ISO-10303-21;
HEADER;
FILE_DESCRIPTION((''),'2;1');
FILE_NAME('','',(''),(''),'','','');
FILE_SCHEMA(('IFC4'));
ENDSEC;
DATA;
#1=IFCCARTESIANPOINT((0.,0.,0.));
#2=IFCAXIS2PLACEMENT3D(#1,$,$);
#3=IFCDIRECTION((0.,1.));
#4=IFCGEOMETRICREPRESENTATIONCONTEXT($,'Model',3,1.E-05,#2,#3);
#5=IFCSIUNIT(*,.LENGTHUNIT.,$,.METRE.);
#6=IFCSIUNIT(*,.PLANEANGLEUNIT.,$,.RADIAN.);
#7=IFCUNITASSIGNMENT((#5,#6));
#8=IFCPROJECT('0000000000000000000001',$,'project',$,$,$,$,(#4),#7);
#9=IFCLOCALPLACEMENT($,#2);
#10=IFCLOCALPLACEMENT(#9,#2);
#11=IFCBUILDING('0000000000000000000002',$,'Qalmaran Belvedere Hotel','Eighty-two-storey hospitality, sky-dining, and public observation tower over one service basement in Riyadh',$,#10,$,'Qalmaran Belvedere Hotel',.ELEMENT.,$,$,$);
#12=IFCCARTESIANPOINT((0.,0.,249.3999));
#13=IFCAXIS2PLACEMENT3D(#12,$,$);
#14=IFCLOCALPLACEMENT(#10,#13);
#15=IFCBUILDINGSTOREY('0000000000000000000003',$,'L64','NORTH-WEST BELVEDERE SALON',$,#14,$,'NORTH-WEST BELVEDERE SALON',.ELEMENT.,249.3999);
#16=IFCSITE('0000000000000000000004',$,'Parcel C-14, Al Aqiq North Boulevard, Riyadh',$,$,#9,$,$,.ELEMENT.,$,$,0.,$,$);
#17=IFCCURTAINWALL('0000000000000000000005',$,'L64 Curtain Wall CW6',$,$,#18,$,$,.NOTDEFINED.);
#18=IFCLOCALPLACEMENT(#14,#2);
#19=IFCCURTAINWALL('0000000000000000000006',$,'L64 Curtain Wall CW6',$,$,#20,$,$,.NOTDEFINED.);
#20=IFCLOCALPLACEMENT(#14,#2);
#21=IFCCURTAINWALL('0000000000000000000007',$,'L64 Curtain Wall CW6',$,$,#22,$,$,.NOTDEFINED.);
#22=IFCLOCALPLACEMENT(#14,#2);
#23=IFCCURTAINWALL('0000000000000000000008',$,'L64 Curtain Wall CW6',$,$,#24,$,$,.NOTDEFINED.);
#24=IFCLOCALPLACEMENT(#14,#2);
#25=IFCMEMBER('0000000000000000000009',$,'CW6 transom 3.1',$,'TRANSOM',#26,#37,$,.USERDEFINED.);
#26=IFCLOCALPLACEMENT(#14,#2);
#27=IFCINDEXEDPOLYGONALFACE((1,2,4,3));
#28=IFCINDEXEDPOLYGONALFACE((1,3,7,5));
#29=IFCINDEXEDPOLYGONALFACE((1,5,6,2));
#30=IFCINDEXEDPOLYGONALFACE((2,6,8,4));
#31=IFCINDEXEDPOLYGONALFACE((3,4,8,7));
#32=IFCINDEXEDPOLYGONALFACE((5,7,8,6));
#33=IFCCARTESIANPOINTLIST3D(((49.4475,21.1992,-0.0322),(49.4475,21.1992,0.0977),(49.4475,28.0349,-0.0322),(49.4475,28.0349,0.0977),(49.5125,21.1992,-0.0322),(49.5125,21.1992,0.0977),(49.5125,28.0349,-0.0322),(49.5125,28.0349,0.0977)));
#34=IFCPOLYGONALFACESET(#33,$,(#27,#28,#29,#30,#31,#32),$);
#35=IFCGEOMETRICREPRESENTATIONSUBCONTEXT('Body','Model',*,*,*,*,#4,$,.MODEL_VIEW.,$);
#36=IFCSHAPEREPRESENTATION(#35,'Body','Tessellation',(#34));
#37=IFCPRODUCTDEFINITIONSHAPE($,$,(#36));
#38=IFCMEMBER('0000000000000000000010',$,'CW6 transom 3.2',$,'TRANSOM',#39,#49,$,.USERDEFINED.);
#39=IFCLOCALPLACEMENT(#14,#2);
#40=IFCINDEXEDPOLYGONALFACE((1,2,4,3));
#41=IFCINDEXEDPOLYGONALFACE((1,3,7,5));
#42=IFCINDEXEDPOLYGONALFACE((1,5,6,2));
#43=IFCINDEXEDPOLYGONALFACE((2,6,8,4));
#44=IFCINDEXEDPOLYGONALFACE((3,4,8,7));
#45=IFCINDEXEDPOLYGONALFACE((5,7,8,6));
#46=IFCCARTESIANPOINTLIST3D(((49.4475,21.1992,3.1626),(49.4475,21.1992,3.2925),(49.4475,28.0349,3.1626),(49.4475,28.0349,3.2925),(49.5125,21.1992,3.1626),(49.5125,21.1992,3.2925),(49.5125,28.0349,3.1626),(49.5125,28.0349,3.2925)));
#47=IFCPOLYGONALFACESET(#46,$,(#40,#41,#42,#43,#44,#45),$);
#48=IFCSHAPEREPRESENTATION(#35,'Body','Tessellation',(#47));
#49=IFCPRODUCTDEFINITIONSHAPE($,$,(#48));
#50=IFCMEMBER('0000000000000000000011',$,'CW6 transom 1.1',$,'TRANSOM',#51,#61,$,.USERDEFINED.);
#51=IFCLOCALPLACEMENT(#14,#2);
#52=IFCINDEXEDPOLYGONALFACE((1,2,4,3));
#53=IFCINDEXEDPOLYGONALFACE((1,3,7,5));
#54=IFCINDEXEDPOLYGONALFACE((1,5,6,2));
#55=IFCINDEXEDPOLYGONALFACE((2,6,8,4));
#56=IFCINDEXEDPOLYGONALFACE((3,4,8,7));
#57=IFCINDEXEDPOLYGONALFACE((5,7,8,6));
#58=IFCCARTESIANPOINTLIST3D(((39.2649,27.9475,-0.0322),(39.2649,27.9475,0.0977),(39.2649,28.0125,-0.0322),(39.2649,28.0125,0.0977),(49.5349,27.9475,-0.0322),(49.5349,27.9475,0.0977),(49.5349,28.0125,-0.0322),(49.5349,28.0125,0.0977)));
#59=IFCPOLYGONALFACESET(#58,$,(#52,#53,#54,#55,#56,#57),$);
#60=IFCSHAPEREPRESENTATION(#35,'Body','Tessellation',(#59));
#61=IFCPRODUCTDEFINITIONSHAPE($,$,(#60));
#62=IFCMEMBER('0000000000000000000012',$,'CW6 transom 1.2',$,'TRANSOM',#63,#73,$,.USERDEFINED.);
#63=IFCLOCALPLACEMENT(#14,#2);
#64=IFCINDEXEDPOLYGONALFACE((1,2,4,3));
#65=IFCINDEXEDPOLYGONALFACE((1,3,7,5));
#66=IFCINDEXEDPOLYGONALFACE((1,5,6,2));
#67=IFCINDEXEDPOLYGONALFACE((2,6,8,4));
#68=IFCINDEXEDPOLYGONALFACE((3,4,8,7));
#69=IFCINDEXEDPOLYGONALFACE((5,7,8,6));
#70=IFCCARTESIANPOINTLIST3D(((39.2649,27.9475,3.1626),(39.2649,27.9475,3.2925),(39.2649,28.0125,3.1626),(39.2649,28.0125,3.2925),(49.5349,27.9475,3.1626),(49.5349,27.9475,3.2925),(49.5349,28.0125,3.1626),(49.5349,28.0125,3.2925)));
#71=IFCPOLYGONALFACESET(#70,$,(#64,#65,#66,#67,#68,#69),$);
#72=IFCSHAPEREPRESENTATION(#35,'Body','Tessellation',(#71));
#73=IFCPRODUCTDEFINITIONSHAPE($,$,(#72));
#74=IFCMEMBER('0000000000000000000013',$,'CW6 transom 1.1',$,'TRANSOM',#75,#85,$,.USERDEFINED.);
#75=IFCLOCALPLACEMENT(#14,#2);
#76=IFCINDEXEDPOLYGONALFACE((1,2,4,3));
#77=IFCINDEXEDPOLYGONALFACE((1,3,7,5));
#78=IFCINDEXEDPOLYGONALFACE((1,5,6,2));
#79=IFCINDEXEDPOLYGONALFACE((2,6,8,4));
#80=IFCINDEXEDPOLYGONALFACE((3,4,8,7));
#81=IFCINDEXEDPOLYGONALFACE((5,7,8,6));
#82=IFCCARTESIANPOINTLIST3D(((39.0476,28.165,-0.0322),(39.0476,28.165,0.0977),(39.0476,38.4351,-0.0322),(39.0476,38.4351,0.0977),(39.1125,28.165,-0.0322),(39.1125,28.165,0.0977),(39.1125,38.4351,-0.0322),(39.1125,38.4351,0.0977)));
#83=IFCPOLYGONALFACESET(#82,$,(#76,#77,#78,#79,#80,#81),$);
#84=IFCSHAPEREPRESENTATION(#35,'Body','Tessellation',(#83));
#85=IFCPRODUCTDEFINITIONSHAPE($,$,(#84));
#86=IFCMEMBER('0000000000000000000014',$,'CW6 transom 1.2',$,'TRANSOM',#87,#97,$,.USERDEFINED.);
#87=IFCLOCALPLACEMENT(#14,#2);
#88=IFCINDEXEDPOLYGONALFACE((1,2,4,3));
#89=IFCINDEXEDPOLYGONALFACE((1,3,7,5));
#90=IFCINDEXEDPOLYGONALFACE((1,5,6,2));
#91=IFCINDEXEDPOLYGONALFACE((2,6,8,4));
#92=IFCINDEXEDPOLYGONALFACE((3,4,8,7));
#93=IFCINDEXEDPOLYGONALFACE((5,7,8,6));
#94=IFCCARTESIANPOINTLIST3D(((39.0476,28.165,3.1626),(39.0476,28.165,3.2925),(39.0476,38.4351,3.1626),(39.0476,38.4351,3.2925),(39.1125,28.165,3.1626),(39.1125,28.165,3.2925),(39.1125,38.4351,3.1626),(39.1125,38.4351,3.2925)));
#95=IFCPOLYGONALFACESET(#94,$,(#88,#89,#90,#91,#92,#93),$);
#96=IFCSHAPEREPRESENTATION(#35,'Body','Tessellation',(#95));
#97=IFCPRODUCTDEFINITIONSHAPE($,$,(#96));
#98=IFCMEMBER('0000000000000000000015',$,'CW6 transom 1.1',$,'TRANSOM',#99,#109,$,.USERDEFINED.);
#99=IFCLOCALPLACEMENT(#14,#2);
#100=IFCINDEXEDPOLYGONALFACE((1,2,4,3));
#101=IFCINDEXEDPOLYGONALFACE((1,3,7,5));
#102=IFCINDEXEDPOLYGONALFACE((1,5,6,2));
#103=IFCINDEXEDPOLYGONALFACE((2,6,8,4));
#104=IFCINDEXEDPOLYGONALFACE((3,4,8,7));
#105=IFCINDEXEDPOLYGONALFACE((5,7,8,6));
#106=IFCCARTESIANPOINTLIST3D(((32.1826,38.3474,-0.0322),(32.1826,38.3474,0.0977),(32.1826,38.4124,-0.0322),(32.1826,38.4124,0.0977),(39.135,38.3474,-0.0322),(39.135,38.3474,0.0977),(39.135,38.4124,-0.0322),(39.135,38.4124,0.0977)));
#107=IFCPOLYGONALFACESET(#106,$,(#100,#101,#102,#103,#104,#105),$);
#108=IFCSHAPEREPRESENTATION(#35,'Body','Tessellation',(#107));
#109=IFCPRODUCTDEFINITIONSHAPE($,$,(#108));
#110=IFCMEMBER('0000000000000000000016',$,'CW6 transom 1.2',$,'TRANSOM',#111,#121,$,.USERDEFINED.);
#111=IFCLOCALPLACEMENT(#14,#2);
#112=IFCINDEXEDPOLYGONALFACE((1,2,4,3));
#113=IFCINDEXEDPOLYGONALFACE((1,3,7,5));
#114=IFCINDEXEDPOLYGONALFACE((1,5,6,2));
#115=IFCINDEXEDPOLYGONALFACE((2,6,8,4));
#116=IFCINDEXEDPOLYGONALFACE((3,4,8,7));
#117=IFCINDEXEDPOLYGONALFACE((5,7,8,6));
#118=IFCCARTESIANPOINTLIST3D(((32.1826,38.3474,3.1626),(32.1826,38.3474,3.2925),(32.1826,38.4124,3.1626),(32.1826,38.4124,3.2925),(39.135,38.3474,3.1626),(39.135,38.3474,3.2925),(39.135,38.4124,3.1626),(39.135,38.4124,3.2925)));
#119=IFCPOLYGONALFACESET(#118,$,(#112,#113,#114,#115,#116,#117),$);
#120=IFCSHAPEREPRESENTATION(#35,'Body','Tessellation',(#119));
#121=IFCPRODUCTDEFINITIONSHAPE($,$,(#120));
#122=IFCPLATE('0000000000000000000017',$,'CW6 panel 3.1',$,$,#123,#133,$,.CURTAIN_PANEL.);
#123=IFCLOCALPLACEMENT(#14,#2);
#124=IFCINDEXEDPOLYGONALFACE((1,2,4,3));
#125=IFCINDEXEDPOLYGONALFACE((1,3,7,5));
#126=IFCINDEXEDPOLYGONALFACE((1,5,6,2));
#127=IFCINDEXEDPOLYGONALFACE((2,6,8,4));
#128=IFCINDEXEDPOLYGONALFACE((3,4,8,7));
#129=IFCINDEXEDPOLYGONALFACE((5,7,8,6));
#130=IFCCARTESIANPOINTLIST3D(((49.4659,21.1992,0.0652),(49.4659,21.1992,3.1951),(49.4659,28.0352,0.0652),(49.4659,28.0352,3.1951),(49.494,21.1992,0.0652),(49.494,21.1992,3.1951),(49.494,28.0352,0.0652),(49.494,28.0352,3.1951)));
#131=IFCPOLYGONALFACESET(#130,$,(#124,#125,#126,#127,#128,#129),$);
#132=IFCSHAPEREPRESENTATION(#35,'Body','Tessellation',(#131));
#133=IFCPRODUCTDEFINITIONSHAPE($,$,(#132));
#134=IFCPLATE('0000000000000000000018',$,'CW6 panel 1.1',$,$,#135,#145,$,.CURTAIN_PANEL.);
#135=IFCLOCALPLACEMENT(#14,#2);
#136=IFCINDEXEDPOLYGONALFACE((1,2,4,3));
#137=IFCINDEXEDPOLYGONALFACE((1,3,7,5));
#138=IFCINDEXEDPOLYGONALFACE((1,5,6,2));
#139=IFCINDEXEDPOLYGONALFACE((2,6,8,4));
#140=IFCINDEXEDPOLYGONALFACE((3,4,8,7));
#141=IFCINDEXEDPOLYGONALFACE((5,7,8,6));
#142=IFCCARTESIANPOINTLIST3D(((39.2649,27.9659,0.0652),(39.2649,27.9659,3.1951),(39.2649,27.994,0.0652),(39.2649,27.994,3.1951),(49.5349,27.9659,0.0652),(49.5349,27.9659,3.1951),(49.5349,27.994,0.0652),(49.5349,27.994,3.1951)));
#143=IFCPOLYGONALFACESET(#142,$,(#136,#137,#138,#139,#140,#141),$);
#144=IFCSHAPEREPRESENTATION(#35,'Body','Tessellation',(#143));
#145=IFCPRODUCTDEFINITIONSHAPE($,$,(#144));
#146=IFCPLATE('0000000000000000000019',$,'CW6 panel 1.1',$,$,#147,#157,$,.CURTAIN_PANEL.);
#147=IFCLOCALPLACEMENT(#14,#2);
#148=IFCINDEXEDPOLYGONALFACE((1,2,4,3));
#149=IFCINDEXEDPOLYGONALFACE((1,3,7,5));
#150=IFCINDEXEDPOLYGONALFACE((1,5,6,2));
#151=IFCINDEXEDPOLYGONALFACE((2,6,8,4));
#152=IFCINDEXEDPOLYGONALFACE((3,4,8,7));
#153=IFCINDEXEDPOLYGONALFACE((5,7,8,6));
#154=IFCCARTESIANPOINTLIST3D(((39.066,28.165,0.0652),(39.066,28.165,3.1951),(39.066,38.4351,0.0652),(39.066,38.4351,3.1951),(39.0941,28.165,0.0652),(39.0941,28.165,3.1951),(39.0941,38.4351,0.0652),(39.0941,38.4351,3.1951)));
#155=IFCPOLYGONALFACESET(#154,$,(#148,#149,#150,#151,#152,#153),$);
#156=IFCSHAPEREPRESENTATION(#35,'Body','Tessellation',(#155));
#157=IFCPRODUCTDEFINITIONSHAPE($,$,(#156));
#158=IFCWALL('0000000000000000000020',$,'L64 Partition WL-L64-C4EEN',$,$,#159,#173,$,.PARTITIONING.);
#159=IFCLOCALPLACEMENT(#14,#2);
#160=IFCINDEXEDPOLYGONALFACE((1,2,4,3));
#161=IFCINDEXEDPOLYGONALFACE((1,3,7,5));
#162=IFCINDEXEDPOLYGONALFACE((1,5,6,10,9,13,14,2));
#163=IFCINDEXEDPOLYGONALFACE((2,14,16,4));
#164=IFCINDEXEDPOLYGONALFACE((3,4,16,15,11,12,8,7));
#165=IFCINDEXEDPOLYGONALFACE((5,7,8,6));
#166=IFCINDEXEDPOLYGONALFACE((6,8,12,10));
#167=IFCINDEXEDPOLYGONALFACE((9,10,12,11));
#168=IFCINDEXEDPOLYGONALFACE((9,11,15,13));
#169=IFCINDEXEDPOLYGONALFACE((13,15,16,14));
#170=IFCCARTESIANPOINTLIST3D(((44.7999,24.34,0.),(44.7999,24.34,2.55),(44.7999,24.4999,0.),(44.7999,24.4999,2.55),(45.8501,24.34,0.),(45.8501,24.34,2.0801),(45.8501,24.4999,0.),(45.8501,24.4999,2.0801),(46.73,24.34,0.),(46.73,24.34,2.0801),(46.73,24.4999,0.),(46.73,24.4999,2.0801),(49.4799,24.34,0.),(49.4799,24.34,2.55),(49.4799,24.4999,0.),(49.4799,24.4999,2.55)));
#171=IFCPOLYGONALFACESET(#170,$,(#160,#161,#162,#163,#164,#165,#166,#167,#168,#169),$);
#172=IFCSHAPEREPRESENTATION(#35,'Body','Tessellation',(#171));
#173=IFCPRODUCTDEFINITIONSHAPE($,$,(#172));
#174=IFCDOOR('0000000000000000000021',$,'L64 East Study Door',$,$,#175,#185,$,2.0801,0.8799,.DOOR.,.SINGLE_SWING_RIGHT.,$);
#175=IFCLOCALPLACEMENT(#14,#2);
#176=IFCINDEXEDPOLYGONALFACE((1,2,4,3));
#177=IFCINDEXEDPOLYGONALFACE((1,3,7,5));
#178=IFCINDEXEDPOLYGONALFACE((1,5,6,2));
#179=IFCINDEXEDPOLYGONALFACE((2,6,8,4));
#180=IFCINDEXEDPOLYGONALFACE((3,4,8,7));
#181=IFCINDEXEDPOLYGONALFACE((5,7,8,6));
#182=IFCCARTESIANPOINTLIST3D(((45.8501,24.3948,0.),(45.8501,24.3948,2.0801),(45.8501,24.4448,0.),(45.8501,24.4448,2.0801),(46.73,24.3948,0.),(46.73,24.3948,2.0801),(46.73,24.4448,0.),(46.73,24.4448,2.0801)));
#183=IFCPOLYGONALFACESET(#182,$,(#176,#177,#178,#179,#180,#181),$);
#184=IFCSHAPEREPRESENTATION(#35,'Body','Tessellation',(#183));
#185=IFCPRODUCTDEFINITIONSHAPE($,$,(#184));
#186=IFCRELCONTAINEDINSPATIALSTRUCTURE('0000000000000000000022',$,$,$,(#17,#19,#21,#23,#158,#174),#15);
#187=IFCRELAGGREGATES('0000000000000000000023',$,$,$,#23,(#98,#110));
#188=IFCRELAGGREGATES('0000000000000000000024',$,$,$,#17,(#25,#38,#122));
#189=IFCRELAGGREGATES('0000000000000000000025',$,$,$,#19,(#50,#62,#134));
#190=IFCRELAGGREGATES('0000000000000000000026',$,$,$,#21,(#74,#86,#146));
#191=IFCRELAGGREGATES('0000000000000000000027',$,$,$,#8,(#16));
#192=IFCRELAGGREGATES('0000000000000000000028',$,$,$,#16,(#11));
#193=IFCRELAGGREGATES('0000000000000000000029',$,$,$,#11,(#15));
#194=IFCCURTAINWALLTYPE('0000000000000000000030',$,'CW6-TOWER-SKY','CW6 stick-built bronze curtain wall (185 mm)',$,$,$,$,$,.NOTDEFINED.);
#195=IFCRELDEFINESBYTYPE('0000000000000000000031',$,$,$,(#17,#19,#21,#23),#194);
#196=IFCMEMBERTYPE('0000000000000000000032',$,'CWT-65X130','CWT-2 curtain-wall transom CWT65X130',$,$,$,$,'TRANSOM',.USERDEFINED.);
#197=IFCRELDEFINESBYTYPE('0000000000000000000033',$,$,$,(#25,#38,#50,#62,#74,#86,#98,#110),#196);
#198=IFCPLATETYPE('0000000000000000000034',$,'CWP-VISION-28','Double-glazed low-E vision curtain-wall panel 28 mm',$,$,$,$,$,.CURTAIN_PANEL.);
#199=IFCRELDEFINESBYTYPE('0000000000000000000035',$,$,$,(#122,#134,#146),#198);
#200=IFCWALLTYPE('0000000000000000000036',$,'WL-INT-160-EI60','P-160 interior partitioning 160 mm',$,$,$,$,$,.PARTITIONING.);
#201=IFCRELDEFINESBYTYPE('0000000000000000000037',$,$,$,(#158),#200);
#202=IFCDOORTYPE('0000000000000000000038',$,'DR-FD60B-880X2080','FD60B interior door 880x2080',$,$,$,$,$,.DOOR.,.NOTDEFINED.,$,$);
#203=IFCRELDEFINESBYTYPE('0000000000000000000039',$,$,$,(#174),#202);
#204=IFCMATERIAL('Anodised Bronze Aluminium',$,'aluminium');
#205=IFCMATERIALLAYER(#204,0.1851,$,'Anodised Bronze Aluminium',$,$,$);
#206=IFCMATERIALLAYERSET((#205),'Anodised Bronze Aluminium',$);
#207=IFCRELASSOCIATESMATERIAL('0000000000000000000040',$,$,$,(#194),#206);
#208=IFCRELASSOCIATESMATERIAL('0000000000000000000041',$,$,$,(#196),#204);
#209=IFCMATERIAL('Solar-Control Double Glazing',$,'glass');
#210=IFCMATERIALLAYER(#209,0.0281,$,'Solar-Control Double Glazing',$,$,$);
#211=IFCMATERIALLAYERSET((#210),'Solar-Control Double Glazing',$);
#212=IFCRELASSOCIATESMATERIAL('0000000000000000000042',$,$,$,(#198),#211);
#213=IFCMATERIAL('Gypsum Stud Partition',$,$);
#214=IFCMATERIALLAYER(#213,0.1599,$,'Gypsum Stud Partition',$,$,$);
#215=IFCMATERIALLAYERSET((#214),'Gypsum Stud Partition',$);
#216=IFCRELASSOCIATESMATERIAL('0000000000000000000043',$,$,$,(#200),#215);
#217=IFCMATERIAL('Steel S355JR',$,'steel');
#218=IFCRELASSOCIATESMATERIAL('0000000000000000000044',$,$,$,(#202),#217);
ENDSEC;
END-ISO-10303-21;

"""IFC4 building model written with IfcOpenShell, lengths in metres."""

from ifc_helpers import new_model, si_unit, direction, frame, frame_2d, origin, origin_2d, place, context, subcontext, project, spatial, rectangle, extrude, material, layer, layer_set, material_profile, profile_set, type_object, element, fill, aggregate, save


model = new_model("IFC4")

# Units and contexts
model_context = context("Model", 3, precision=1e-05, world=origin(), true_north=direction((0.0, 1.0)))
body_context = subcontext(model_context, "Body", "Model", "MODEL_VIEW")
ifc_project = project(units=[si_unit("LENGTHUNIT", "METRE"), si_unit("PLANEANGLEUNIT", "RADIAN")], contexts=[model_context])

# Site, building, storey
site_placement = place(None, origin())
site = spatial("IfcSite", under=ifc_project, at=site_placement, Name="Parcel C-14, Al Aqiq North Boulevard, Riyadh", CompositionType="ELEMENT", RefElevation=0.0)
building_placement = place(site_placement, origin())
building = spatial("IfcBuilding", under=site, at=building_placement, Name="Qalmaran Belvedere Hotel", Description="Eighty-two-storey hospitality, sky-dining, and public observation tower over one service basement in Riyadh", LongName="Qalmaran Belvedere Hotel", CompositionType="ELEMENT")
storey_placement = place(building_placement, frame((0.0, 0.0, 249.3999)))
storey = spatial("IfcBuildingStorey", under=building, at=storey_placement, Name="L64", Description="NORTH-WEST BELVEDERE SALON", LongName="NORTH-WEST BELVEDERE SALON", CompositionType="ELEMENT", Elevation=249.3999)

# Shared definitions
ifc_material_1 = material(Name="Steel S355JR", Category="steel")

# Curtain walls
ifc_material_2 = material(Name="Anodised Bronze Aluminium", Category="aluminium")
ifc_layer_1 = layer(ifc_material_2, 0.1851, Name="Anodised Bronze Aluminium")
ifc_layer_set_1 = layer_set([ifc_layer_1], Name="Anodised Bronze Aluminium")
curtain_wall_type = type_object("IfcCurtainWallType", Name="CW6-TOWER-SKY", Description="CW6 stick-built bronze curtain wall (185 mm)", PredefinedType="NOTDEFINED", material=ifc_layer_set_1)
curtain_wall_1_placement = place(storey_placement, origin())
curtain_wall_1 = element("IfcCurtainWall", 1, at=curtain_wall_1_placement, inside=storey, type_object=curtain_wall_type, Name="L64 Curtain Wall CW6", PredefinedType="NOTDEFINED")
curtain_wall_2_placement = place(storey_placement, origin())
curtain_wall_2 = element("IfcCurtainWall", 2, at=curtain_wall_2_placement, inside=storey, type_object=curtain_wall_type, Name="L64 Curtain Wall CW6", PredefinedType="NOTDEFINED")
curtain_wall_3_placement = place(storey_placement, origin())
curtain_wall_3 = element("IfcCurtainWall", 3, at=curtain_wall_3_placement, inside=storey, type_object=curtain_wall_type, Name="L64 Curtain Wall CW6", PredefinedType="NOTDEFINED")

# Curtain wall
curtain_wall_4_placement = place(storey_placement, origin())
curtain_wall_4 = element("IfcCurtainWall", 4, at=curtain_wall_4_placement, inside=storey, type_object=curtain_wall_type, Name="L64 Curtain Wall CW6", PredefinedType="NOTDEFINED")

# Members
ifc_material_profile_1 = material_profile(ifc_material_2, rectangle(XDim=0.0649, YDim=0.1299, at=origin_2d()), Name="CWT65X130")
ifc_profile_set_1 = profile_set([ifc_material_profile_1], Name="Anodised Bronze Aluminium")
member_type_1 = type_object("IfcMemberType", Name="CWT-65X130", Description="CWT-2 curtain-wall transom CWT65X130", ElementType="TRANSOM", PredefinedType="USERDEFINED", material=ifc_profile_set_1)
member_1_placement = place(storey_placement, frame((49.48, 21.1992, 0.0327), z_axis=(0.0, 1.0, 0.0), x_axis=(-1.0, 0.0, 0.0)))
member_1 = element("IfcMember", 5, at=member_1_placement, type_object=member_type_1, Name="CW6 transom 3.1", ObjectType="TRANSOM", PredefinedType="USERDEFINED", context=body_context, shape_type="SweptSolid", body=[
    extrude(rectangle(XDim=0.0649, YDim=0.1299, at=origin_2d()), origin(), (0.0, 0.0, 1.0), 6.8357),
])
member_2_placement = place(storey_placement, frame((49.48, 21.1992, 3.2275), z_axis=(0.0, 1.0, 0.0), x_axis=(-1.0, 0.0, 0.0)))
member_2 = element("IfcMember", 6, at=member_2_placement, type_object=member_type_1, Name="CW6 transom 3.2", ObjectType="TRANSOM", PredefinedType="USERDEFINED", context=body_context, shape_type="SweptSolid", body=[
    extrude(rectangle(XDim=0.0649, YDim=0.1299, at=origin_2d()), origin(), (0.0, 0.0, 1.0), 6.8357),
])
member_3_placement = place(storey_placement, frame((49.5349, 27.98, 0.0327), z_axis=(-1.0, 0.0, 0.0), x_axis=(0.0, -1.0, 0.0)))
member_3 = element("IfcMember", 7, at=member_3_placement, type_object=member_type_1, Name="CW6 transom 1.1", ObjectType="TRANSOM", PredefinedType="USERDEFINED", context=body_context, shape_type="SweptSolid", body=[
    extrude(rectangle(XDim=0.0649, YDim=0.1299, at=origin_2d()), origin(), (0.0, 0.0, 1.0), 10.27),
])
member_4_placement = place(storey_placement, frame((49.5349, 27.98, 3.2275), z_axis=(-1.0, 0.0, 0.0), x_axis=(0.0, -1.0, 0.0)))
member_4 = element("IfcMember", 8, at=member_4_placement, type_object=member_type_1, Name="CW6 transom 1.2", ObjectType="TRANSOM", PredefinedType="USERDEFINED", context=body_context, shape_type="SweptSolid", body=[
    extrude(rectangle(XDim=0.0649, YDim=0.1299, at=origin_2d()), origin(), (0.0, 0.0, 1.0), 10.27),
])
member_5_placement = place(storey_placement, frame((39.0801, 28.165, 0.0327), z_axis=(0.0, 1.0, 0.0), x_axis=(-1.0, 0.0, 0.0)))
member_5 = element("IfcMember", 9, at=member_5_placement, type_object=member_type_1, Name="CW6 transom 1.1", ObjectType="TRANSOM", PredefinedType="USERDEFINED", context=body_context, shape_type="SweptSolid", body=[
    extrude(rectangle(XDim=0.0649, YDim=0.1299, at=origin_2d()), origin(), (0.0, 0.0, 1.0), 10.27),
])
member_6_placement = place(storey_placement, frame((39.0801, 28.165, 3.2275), z_axis=(0.0, 1.0, 0.0), x_axis=(-1.0, 0.0, 0.0)))
member_6 = element("IfcMember", 10, at=member_6_placement, type_object=member_type_1, Name="CW6 transom 1.2", ObjectType="TRANSOM", PredefinedType="USERDEFINED", context=body_context, shape_type="SweptSolid", body=[
    extrude(rectangle(XDim=0.0649, YDim=0.1299, at=origin_2d()), origin(), (0.0, 0.0, 1.0), 10.27),
])
member_7_placement = place(storey_placement, frame((39.135, 38.3799, 0.0327), z_axis=(-1.0, 0.0, 0.0), x_axis=(0.0, -1.0, 0.0)))
member_7 = element("IfcMember", 11, at=member_7_placement, type_object=member_type_1, Name="CW6 transom 1.1", ObjectType="TRANSOM", PredefinedType="USERDEFINED", context=body_context, shape_type="SweptSolid", body=[
    extrude(rectangle(XDim=0.0649, YDim=0.1299, at=origin_2d()), origin(), (0.0, 0.0, 1.0), 6.9524),
])
member_8_placement = place(storey_placement, frame((39.135, 38.3799, 3.2275), z_axis=(-1.0, 0.0, 0.0), x_axis=(0.0, -1.0, 0.0)))
member_8 = element("IfcMember", 12, at=member_8_placement, type_object=member_type_1, Name="CW6 transom 1.2", ObjectType="TRANSOM", PredefinedType="USERDEFINED", context=body_context, shape_type="SweptSolid", body=[
    extrude(rectangle(XDim=0.0649, YDim=0.1299, at=origin_2d()), origin(), (0.0, 0.0, 1.0), 6.9524),
])
aggregate(curtain_wall_4, [member_7, member_8])

# Plates
ifc_material_3 = material(Name="Solar-Control Double Glazing", Category="glass")
ifc_layer_2 = layer(ifc_material_3, 0.0281, Name="Solar-Control Double Glazing")
ifc_layer_set_2 = layer_set([ifc_layer_2], Name="Solar-Control Double Glazing")
plate_type = type_object("IfcPlateType", Name="CWP-VISION-28", Description="Double-glazed low-E vision curtain-wall panel 28 mm", PredefinedType="CURTAIN_PANEL", material=ifc_layer_set_2)
plate_1_placement = place(storey_placement, frame((49.48, 24.6172, 0.0652), z_axis=(0.0, 0.0, 1.0), x_axis=(0.0, 1.0, 0.0)))
plate_1 = element("IfcPlate", 13, at=plate_1_placement, type_object=plate_type, Name="CW6 panel 3.1", PredefinedType="CURTAIN_PANEL", context=body_context, shape_type="SweptSolid", body=[
    extrude(rectangle(XDim=6.8359, YDim=0.0281, at=origin_2d()), origin(), (0.0, 0.0, 1.0), 3.1299),
])
aggregate(curtain_wall_1, [member_1, member_2, plate_1])
plate_2_placement = place(storey_placement, frame((44.3999, 27.98, 0.0652), z_axis=(0.0, 0.0, 1.0), x_axis=(-1.0, 0.0, 0.0)))
plate_2 = element("IfcPlate", 14, at=plate_2_placement, type_object=plate_type, Name="CW6 panel 1.1", PredefinedType="CURTAIN_PANEL", context=body_context, shape_type="SweptSolid", body=[
    extrude(rectangle(XDim=10.27, YDim=0.0281, at=origin_2d()), origin(), (0.0, 0.0, 1.0), 3.1299),
])
aggregate(curtain_wall_2, [member_3, member_4, plate_2])
plate_3_placement = place(storey_placement, frame((39.0801, 33.3, 0.0652), z_axis=(0.0, 0.0, 1.0), x_axis=(0.0, 1.0, 0.0)))
plate_3 = element("IfcPlate", 15, at=plate_3_placement, type_object=plate_type, Name="CW6 panel 1.1", PredefinedType="CURTAIN_PANEL", context=body_context, shape_type="SweptSolid", body=[
    extrude(rectangle(XDim=10.27, YDim=0.0281, at=origin_2d()), origin(), (0.0, 0.0, 1.0), 3.1299),
])
aggregate(curtain_wall_3, [member_5, member_6, plate_3])

# Wall, opening, door
ifc_material_4 = material(Name="Gypsum Stud Partition")
ifc_layer_3 = layer(ifc_material_4, 0.1599, Name="Gypsum Stud Partition")
ifc_layer_set_3 = layer_set([ifc_layer_3], Name="Gypsum Stud Partition")
wall_type_1 = type_object("IfcWallType", Name="WL-INT-160-EI60", Description="P-160 interior partitioning 160 mm", PredefinedType="PARTITIONING", material=ifc_layer_set_3)
wall_1_placement = place(storey_placement, frame((44.8, 24.4199, 0.0), z_axis=(0.0, 0.0, 1.0), x_axis=(1.0, 0.0, 0.0)))
wall_1 = element("IfcWall", 16, at=wall_1_placement, inside=storey, type_object=wall_type_1, Name="L64 Partition WL-L64-C4EEN", PredefinedType="PARTITIONING", context=body_context, shape_type="SweptSolid", body=[
    extrude(rectangle(XDim=4.6799, YDim=0.1599, at=frame_2d((2.3398, 0.0))), origin(), (0.0, 0.0, 1.0), 2.55),
])
opening_1_placement = place(wall_1_placement, frame((1.05, 0.0, 0.0)))
opening_1 = element("IfcOpeningElement", 17, at=opening_1_placement, cuts=wall_1, PredefinedType="OPENING", context=body_context, shape_type="SweptSolid", body=[
    extrude(rectangle(XDim=0.8799, YDim=2.0801, at=frame_2d((0.4399, 1.04))), frame((0.0, 0.0898, 0.0), z_axis=(0.0, -1.0, 0.0), x_axis=(1.0, 0.0, 0.0)), (0.0, 0.0, 1.0), 0.1799),
])
door_type_1 = type_object("IfcDoorType", Name="DR-FD60B-880X2080", Description="FD60B interior door 880x2080", OperationType="NOTDEFINED", PredefinedType="DOOR", material=ifc_material_1)
door_1_placement = place(opening_1_placement, origin())
door_1 = element("IfcDoor", 18, at=door_1_placement, inside=storey, type_object=door_type_1, Name="L64 East Study Door", OperationType="SINGLE_SWING_RIGHT", OverallHeight=2.0801, OverallWidth=0.8799, PredefinedType="DOOR", context=body_context, shape_type="SweptSolid", body=[
    extrude(rectangle(XDim=0.8799, YDim=2.0801, at=frame_2d((0.4399, 1.04))), frame((0.0, 0.0249, 0.0), z_axis=(0.0, -1.0, 0.0), x_axis=(1.0, 0.0, 0.0)), (0.0, 0.0, 1.0), 0.05),
])
fill(opening_1, door_1)

save(model, "model.ifc")
